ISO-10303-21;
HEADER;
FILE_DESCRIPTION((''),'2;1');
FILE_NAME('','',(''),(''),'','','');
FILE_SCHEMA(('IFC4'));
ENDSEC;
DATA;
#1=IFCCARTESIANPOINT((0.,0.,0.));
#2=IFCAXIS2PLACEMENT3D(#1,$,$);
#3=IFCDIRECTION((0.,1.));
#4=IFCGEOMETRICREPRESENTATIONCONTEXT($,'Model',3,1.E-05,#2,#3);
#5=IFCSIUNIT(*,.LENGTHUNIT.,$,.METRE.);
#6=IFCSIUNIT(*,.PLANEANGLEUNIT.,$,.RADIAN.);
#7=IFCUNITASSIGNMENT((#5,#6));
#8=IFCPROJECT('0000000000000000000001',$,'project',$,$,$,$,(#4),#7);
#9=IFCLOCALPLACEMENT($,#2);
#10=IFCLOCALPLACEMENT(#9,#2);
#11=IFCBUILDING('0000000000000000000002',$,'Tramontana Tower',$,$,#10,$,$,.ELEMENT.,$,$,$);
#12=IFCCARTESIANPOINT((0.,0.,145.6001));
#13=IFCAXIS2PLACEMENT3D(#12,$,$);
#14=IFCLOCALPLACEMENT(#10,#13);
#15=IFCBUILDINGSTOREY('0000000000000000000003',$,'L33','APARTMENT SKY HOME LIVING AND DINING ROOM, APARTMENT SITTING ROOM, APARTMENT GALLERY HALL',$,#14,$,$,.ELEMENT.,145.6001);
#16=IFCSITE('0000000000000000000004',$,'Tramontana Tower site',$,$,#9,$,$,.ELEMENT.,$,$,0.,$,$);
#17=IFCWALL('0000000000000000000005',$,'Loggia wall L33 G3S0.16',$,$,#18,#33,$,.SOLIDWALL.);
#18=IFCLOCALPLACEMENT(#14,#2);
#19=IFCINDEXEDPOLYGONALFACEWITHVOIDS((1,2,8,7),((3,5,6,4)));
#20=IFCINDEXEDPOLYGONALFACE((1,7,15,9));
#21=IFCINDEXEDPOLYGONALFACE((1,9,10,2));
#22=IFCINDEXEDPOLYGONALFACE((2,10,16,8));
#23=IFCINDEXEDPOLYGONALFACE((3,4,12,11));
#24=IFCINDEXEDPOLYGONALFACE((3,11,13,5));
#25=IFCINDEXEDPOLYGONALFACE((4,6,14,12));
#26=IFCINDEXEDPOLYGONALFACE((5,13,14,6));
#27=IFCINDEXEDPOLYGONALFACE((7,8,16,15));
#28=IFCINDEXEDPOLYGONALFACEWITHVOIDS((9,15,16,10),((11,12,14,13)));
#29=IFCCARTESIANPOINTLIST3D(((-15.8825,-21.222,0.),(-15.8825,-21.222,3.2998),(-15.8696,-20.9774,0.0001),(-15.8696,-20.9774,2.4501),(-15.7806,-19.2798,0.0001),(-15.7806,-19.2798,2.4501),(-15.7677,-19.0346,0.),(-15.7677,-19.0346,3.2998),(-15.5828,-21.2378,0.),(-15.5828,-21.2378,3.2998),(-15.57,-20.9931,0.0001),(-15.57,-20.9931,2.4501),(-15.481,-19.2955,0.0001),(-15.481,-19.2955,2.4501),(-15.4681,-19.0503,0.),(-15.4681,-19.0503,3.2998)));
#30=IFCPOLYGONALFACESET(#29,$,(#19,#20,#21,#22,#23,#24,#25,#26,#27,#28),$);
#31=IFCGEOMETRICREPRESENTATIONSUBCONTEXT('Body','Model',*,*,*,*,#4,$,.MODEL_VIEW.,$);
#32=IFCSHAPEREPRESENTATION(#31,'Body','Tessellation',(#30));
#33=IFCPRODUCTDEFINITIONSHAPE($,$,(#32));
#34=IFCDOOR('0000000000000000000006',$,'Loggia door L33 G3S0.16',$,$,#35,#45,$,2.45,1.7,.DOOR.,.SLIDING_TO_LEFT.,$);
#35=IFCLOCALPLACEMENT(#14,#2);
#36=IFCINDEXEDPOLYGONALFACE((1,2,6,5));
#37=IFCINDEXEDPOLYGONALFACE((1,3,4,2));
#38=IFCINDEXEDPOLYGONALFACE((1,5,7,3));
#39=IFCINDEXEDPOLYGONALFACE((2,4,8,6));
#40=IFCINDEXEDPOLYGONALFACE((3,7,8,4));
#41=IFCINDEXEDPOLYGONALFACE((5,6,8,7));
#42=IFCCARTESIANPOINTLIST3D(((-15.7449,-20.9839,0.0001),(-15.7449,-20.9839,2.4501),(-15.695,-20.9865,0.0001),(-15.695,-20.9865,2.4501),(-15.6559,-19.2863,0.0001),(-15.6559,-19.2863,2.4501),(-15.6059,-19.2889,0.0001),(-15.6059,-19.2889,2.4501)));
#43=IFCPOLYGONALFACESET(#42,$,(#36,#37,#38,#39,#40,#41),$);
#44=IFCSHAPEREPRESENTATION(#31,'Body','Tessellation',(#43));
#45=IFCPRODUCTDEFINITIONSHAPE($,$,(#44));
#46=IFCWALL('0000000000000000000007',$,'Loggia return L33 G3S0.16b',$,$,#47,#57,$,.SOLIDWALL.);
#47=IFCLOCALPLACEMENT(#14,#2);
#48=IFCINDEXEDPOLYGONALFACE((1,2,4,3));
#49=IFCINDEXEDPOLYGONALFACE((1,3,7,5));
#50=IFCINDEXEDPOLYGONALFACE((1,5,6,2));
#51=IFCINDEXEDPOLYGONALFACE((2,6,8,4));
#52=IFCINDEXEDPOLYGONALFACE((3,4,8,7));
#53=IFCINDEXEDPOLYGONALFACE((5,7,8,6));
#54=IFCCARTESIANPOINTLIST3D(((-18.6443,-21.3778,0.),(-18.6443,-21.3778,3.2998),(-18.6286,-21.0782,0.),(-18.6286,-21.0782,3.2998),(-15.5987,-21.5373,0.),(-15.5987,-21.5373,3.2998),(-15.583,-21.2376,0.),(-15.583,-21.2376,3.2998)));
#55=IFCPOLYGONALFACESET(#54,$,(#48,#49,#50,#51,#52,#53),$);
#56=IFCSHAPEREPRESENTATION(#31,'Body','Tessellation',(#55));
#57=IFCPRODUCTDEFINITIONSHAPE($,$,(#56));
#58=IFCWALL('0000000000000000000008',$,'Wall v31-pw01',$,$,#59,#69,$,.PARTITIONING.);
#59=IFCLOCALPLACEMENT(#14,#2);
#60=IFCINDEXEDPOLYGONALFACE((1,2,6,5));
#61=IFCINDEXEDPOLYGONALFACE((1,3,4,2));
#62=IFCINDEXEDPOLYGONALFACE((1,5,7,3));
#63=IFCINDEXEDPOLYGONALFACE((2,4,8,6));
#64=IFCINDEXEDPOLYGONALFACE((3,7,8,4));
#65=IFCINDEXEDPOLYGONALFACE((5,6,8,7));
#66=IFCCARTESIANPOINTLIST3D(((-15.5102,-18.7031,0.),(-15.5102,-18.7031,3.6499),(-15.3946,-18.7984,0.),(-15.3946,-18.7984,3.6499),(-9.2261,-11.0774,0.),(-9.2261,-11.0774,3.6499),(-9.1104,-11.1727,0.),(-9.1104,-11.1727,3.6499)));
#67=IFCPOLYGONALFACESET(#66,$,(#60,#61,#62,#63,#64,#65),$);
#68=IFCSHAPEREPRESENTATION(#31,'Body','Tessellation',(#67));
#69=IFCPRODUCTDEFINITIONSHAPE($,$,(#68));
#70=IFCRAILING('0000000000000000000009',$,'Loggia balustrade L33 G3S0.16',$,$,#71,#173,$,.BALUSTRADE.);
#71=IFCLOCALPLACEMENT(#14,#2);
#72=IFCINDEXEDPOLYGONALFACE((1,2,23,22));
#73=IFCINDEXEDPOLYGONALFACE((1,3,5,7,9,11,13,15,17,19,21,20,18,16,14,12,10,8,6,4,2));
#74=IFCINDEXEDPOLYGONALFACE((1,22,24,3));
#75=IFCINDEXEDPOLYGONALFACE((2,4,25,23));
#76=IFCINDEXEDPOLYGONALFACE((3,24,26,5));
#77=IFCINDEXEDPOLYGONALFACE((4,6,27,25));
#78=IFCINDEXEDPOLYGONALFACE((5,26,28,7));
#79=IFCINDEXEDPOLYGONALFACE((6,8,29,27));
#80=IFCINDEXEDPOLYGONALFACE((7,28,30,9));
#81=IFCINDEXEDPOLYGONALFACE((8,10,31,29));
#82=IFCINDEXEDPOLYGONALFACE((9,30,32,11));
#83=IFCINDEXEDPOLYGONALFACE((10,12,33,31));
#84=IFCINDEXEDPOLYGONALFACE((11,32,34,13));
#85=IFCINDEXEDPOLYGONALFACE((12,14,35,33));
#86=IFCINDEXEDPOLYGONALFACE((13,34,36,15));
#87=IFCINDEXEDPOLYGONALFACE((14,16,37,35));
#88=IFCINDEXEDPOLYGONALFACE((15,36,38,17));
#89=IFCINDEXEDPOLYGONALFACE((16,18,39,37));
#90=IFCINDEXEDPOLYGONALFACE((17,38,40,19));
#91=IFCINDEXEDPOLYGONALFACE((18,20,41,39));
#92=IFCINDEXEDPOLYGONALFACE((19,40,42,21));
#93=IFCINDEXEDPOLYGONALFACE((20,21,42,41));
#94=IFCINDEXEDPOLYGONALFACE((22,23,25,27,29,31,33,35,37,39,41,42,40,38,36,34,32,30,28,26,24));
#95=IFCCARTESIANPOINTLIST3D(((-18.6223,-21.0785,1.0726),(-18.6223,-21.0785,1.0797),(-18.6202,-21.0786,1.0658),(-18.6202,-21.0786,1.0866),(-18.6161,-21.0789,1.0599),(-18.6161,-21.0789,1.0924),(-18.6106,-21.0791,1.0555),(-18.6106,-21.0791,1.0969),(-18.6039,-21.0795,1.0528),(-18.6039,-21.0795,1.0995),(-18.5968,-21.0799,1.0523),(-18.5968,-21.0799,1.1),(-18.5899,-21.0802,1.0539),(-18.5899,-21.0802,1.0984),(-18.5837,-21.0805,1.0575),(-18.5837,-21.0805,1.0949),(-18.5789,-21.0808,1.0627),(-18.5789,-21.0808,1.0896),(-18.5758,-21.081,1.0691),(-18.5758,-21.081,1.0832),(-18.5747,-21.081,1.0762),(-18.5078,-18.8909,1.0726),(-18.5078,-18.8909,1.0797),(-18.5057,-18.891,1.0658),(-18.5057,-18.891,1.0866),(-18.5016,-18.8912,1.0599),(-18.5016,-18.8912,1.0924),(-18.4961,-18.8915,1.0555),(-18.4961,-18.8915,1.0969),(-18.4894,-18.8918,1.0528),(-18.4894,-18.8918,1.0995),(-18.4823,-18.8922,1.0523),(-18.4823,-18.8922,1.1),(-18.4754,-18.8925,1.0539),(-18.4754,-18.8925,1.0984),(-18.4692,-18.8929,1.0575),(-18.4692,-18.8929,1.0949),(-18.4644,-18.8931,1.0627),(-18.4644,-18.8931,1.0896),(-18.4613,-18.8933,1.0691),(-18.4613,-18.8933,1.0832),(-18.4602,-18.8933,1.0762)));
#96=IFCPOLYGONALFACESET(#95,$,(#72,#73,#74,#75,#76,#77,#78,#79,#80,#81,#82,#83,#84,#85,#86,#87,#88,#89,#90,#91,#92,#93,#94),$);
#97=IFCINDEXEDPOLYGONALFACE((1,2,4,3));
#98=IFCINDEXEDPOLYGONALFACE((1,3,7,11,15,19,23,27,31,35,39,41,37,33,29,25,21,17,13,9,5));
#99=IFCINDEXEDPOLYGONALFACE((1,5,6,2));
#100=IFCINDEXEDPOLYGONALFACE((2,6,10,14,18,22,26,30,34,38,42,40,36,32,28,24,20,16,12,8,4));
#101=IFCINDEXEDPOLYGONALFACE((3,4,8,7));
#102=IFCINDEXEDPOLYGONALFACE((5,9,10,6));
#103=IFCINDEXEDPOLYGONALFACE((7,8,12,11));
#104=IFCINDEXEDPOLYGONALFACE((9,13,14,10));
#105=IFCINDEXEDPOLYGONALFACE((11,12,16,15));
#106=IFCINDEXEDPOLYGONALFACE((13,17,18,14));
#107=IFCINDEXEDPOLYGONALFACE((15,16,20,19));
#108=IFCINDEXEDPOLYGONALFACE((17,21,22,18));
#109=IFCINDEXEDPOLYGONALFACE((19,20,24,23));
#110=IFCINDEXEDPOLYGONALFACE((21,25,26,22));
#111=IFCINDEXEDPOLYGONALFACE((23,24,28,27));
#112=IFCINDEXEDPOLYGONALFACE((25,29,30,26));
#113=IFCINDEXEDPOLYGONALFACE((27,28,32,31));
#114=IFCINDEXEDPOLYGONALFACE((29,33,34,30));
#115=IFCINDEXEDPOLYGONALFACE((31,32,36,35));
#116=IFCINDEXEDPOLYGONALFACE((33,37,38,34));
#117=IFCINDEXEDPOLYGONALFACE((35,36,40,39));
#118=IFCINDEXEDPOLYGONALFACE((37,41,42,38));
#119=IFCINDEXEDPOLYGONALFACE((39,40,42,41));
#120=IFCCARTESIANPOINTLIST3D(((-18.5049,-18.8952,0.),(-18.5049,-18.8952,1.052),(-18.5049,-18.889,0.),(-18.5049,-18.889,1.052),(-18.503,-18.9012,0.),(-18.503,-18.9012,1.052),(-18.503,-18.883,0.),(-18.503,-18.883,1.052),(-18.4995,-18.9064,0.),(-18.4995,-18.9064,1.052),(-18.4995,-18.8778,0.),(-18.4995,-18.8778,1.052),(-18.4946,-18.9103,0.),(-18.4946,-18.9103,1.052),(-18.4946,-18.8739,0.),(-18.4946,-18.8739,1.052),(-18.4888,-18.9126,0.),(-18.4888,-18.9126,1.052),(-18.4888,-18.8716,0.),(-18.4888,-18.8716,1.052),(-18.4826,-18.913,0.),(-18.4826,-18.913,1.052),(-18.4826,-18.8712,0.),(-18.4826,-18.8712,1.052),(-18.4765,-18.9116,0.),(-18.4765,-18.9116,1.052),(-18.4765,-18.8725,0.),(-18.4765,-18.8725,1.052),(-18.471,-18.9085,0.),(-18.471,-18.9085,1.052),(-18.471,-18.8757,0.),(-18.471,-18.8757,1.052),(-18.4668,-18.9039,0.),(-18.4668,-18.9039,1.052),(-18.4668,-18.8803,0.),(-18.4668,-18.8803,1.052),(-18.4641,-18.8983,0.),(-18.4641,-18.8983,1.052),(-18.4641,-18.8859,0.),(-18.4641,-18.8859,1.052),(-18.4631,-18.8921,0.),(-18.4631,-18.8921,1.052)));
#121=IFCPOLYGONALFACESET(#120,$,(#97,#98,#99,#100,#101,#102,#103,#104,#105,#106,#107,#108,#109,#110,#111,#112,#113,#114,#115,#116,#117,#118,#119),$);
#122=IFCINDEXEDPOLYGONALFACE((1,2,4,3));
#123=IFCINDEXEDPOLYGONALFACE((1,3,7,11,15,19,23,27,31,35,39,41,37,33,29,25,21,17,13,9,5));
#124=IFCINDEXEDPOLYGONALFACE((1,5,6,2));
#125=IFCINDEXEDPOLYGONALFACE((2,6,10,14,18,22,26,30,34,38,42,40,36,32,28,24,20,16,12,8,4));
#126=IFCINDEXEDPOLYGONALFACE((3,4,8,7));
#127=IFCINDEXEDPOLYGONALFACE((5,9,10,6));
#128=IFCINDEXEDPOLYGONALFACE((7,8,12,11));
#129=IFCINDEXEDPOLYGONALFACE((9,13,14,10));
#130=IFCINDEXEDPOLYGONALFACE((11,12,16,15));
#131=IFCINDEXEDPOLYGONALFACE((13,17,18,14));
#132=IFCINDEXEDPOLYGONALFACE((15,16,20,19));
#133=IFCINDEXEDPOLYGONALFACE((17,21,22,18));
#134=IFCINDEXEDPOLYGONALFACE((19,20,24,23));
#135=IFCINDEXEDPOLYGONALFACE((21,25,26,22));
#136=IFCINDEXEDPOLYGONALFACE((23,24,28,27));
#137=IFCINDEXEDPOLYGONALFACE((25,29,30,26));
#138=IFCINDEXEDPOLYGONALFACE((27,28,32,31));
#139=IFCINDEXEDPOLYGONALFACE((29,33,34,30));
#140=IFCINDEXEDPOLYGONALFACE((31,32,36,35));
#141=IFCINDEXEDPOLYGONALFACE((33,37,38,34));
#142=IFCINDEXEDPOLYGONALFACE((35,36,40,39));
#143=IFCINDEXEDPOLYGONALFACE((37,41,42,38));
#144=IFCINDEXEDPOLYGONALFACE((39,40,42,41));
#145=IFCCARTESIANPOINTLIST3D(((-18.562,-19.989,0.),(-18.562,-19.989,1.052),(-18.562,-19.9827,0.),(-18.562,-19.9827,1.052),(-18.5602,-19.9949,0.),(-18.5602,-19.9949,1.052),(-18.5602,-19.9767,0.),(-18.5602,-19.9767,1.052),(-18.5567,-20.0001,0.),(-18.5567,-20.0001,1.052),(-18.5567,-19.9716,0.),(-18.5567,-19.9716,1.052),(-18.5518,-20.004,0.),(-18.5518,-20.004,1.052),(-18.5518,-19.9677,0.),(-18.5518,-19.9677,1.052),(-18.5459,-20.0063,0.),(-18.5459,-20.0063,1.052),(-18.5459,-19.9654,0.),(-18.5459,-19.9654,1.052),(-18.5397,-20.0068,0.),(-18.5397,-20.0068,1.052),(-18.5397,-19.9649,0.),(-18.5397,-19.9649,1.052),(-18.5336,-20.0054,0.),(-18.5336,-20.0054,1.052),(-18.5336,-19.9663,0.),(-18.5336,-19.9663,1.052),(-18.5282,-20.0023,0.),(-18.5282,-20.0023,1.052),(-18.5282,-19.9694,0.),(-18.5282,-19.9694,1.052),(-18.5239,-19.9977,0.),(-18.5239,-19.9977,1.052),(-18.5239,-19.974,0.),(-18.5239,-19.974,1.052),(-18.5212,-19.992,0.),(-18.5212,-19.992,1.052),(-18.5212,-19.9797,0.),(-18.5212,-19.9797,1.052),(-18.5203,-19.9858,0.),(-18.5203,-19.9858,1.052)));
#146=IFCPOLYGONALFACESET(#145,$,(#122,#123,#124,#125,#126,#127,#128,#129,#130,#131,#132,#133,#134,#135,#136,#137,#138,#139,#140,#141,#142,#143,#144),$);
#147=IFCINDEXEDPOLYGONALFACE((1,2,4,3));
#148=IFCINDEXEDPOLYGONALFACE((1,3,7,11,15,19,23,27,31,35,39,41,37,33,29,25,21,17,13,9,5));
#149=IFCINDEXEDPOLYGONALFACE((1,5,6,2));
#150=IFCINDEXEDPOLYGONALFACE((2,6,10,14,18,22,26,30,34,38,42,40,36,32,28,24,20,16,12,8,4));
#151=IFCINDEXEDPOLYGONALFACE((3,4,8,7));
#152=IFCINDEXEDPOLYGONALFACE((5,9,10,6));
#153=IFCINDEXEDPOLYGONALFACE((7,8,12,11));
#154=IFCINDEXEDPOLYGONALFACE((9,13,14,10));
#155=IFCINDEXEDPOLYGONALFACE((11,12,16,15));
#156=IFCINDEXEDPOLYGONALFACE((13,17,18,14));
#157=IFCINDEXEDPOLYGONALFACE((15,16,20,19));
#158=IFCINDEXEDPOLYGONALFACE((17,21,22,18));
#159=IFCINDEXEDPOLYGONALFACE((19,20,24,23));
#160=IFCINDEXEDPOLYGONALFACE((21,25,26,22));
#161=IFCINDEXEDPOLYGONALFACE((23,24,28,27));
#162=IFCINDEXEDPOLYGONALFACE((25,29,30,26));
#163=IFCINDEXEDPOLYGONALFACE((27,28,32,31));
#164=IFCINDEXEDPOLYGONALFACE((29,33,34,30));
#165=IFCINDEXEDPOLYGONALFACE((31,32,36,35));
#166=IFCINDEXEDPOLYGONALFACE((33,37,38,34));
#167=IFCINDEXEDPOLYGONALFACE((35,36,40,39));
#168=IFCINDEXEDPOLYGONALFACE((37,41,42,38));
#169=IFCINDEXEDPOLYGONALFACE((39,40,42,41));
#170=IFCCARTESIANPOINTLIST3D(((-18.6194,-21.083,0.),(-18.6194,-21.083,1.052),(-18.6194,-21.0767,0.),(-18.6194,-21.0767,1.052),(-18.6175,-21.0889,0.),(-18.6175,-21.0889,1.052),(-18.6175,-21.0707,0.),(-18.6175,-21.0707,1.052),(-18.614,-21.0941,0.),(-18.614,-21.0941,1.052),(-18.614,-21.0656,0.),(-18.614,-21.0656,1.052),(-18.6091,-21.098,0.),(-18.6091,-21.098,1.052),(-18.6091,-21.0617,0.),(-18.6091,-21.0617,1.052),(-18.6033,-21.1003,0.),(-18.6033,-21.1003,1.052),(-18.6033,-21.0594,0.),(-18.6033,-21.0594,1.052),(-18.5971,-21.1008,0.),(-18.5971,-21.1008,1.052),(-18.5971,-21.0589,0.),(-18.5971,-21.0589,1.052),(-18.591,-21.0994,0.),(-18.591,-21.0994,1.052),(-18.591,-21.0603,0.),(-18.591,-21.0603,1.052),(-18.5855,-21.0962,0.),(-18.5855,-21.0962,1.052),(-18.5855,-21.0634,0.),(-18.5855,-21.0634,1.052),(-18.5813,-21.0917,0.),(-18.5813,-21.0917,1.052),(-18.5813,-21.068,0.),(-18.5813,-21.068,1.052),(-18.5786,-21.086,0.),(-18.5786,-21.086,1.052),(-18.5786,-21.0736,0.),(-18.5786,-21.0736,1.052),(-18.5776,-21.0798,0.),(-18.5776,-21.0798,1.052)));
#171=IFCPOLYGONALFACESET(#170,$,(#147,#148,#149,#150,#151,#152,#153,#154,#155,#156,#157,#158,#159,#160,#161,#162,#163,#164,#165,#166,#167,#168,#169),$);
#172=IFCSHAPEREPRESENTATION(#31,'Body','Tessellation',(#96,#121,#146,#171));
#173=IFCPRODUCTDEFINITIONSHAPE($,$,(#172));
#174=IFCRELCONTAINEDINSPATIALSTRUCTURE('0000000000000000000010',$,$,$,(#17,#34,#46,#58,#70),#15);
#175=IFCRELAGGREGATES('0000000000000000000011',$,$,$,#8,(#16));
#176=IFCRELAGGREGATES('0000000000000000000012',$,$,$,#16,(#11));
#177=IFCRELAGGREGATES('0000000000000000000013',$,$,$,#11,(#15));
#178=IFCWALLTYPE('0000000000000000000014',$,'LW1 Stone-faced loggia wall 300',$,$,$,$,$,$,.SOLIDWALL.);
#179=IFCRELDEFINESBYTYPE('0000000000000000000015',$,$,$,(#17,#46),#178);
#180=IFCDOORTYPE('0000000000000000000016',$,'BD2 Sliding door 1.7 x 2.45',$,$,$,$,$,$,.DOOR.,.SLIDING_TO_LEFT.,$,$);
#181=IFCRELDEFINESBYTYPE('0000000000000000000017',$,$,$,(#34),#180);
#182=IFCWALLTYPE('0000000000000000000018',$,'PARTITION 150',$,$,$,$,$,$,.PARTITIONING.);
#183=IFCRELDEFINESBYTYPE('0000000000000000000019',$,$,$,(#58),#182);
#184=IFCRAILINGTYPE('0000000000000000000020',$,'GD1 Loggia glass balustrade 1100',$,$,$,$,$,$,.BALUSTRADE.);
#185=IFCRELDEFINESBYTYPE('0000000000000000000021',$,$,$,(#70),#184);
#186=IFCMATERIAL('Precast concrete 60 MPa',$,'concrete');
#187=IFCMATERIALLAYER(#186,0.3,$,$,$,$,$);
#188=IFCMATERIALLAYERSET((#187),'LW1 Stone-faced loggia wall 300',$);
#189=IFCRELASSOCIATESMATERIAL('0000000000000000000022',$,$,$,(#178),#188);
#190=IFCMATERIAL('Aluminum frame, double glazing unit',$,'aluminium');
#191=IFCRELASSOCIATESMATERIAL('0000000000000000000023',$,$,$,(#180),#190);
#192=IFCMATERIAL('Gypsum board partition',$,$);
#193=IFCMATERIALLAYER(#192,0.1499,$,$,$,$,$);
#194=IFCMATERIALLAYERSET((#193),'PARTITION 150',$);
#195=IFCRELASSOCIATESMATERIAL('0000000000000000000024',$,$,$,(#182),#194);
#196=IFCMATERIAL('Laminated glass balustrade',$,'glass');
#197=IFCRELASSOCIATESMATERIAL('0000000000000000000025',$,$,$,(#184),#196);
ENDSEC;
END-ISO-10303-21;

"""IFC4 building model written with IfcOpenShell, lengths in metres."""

from ifc_helpers import new_model, si_unit, direction, frame, frame_2d, origin, origin_2d, place, context, subcontext, project, spatial, rectangle, circle, extrude, material, layer, layer_set, type_object, element, fill, save


model = new_model("IFC4")

# Units and contexts
model_context = context("Model", 3, precision=1e-05, world=origin(), true_north=direction((0.0, 1.0)))
body_context = subcontext(model_context, "Body", "Model", "MODEL_VIEW")
ifc_project = project(units=[si_unit("LENGTHUNIT", "METRE"), si_unit("PLANEANGLEUNIT", "RADIAN")], contexts=[model_context])

# Site, building, storey
site_placement = place(None, origin())
site = spatial("IfcSite", under=ifc_project, at=site_placement, Name="Tramontana Tower site", CompositionType="ELEMENT", RefElevation=0.0)
building_placement = place(site_placement, origin())
building = spatial("IfcBuilding", under=site, at=building_placement, Name="Tramontana Tower", CompositionType="ELEMENT")
storey_placement = place(building_placement, frame((0.0, 0.0, 145.6001)))
storey = spatial("IfcBuildingStorey", under=building, at=storey_placement, Name="L33", Description="APARTMENT SKY HOME LIVING AND DINING ROOM, APARTMENT SITTING ROOM, APARTMENT GALLERY HALL", CompositionType="ELEMENT", Elevation=145.6001)

# Wall, opening, door
ifc_material_1 = material(Name="Precast concrete 60 MPa", Category="concrete")
ifc_layer_1 = layer(ifc_material_1, 0.3)
ifc_layer_set_1 = layer_set([ifc_layer_1], Name="LW1 Stone-faced loggia wall 300")
wall_type_1 = type_object("IfcWallType", Name="LW1 Stone-faced loggia wall 300", PredefinedType="SOLIDWALL", material=ifc_layer_set_1)
wall_1_placement = place(storey_placement, frame((-15.6179, -19.0425, 0.0), z_axis=(0.0, 0.0, 1.0), x_axis=(-0.052383, -0.998627, 0.0)))
wall_1 = element("IfcWall", 1, at=wall_1_placement, inside=storey, type_object=wall_type_1, Name="Loggia wall L33 G3S0.16", PredefinedType="SOLIDWALL", context=body_context, shape_type="SweptSolid", body=[
    extrude(rectangle(XDim=2.1904, YDim=0.3, at=frame_2d((1.0952, 0.0))), origin(), (0.0, 0.0, 1.0), 3.2998),
])
opening_1_placement = place(wall_1_placement, frame((0.2454, 0.0, 0.0)))
opening_1 = element("IfcOpeningElement", 2, at=opening_1_placement, cuts=wall_1, PredefinedType="OPENING", context=body_context, shape_type="SweptSolid", body=[
    extrude(rectangle(XDim=1.7, YDim=2.45, at=frame_2d((0.8501, 1.2251))), frame((0.0, 0.1599, 0.0), z_axis=(0.0, -1.0, 0.0), x_axis=(1.0, 0.0, 0.0)), (0.0, 0.0, 1.0), 0.3201),
])
ifc_material_2 = material(Name="Aluminum frame, double glazing unit", Category="aluminium")
door_type_1 = type_object("IfcDoorType", Name="BD2 Sliding door 1.7 x 2.45", OperationType="SLIDING_TO_LEFT", PredefinedType="DOOR", material=ifc_material_2)
door_1_placement = place(opening_1_placement, origin())
door_1 = element("IfcDoor", 3, at=door_1_placement, inside=storey, type_object=door_type_1, Name="Loggia door L33 G3S0.16", OperationType="SLIDING_TO_LEFT", OverallHeight=2.45, OverallWidth=1.7, PredefinedType="DOOR", context=body_context, shape_type="SweptSolid", body=[
    extrude(rectangle(XDim=1.7, YDim=2.45, at=frame_2d((0.8501, 1.2251))), frame((0.0, 0.0249, 0.0), z_axis=(0.0, -1.0, 0.0), x_axis=(1.0, 0.0, 0.0)), (0.0, 0.0, 1.0), 0.05),
])
fill(opening_1, door_1)

# Walls
wall_2_placement = place(storey_placement, frame((-18.6365, -21.228, 0.0), z_axis=(0.0, 0.0, 1.0), x_axis=(0.998633, -0.052273, 0.0)))
element("IfcWall", 4, at=wall_2_placement, inside=storey, type_object=wall_type_1, Name="Loggia return L33 G3S0.16b", PredefinedType="SOLIDWALL", context=body_context, shape_type="SweptSolid", body=[
    extrude(rectangle(XDim=3.0498, YDim=0.3, at=frame_2d((1.5249, 0.0))), origin(), (0.0, 0.0, 1.0), 3.2998),
])
ifc_material_3 = material(Name="Gypsum board partition")
ifc_layer_2 = layer(ifc_material_3, 0.1499)
ifc_layer_set_2 = layer_set([ifc_layer_2], Name="PARTITION 150")
wall_type_2 = type_object("IfcWallType", Name="PARTITION 150", PredefinedType="PARTITIONING", material=ifc_layer_set_2)
wall_3_placement = place(storey_placement, frame((-15.4524, -18.7507, 0.0), z_axis=(0.0, 0.0, 1.0), x_axis=(0.635958, 0.771723, 0.0)))
element("IfcWall", 5, at=wall_3_placement, inside=storey, type_object=wall_type_2, Name="Wall v31-pw01", PredefinedType="PARTITIONING", context=body_context, shape_type="SweptSolid", body=[
    extrude(rectangle(XDim=9.8813, YDim=0.1499, at=frame_2d((4.9407, 0.0))), origin(), (0.0, 0.0, 1.0), 3.6499),
])

# Railing
ifc_material_4 = material(Name="Laminated glass balustrade", Category="glass")
railing_type = type_object("IfcRailingType", Name="GD1 Loggia glass balustrade 1100", PredefinedType="BALUSTRADE", material=ifc_material_4)
railing_1_placement = place(storey_placement, frame((-18.4841, -18.8921, 0.0)))
element("IfcRailing", 6, at=railing_1_placement, inside=storey, type_object=railing_type, Name="Loggia balustrade L33 G3S0.16", PredefinedType="BALUSTRADE", context=body_context, shape_type="SweptSolid", body=[
    extrude(circle(Radius=0.0239, at=origin_2d()), frame((0.0, 0.0, 1.0762), z_axis=(-0.052266, -0.998633, 0.0), x_axis=(0.998633, -0.052266, 0.0)), (0.0, 0.0, 1.0), 2.1907),
    extrude(circle(Radius=0.021, at=origin_2d()), origin(), (0.0, 0.0, 1.0), 1.052),
    extrude(circle(Radius=0.021, at=origin_2d()), frame((-0.0571, -1.0938, 0.0)), (0.0, 0.0, 1.0), 1.052),
    extrude(circle(Radius=0.021, at=origin_2d()), frame((-0.1145, -2.1877, 0.0)), (0.0, 0.0, 1.0), 1.052),
])

save(model, "model.ifc")
